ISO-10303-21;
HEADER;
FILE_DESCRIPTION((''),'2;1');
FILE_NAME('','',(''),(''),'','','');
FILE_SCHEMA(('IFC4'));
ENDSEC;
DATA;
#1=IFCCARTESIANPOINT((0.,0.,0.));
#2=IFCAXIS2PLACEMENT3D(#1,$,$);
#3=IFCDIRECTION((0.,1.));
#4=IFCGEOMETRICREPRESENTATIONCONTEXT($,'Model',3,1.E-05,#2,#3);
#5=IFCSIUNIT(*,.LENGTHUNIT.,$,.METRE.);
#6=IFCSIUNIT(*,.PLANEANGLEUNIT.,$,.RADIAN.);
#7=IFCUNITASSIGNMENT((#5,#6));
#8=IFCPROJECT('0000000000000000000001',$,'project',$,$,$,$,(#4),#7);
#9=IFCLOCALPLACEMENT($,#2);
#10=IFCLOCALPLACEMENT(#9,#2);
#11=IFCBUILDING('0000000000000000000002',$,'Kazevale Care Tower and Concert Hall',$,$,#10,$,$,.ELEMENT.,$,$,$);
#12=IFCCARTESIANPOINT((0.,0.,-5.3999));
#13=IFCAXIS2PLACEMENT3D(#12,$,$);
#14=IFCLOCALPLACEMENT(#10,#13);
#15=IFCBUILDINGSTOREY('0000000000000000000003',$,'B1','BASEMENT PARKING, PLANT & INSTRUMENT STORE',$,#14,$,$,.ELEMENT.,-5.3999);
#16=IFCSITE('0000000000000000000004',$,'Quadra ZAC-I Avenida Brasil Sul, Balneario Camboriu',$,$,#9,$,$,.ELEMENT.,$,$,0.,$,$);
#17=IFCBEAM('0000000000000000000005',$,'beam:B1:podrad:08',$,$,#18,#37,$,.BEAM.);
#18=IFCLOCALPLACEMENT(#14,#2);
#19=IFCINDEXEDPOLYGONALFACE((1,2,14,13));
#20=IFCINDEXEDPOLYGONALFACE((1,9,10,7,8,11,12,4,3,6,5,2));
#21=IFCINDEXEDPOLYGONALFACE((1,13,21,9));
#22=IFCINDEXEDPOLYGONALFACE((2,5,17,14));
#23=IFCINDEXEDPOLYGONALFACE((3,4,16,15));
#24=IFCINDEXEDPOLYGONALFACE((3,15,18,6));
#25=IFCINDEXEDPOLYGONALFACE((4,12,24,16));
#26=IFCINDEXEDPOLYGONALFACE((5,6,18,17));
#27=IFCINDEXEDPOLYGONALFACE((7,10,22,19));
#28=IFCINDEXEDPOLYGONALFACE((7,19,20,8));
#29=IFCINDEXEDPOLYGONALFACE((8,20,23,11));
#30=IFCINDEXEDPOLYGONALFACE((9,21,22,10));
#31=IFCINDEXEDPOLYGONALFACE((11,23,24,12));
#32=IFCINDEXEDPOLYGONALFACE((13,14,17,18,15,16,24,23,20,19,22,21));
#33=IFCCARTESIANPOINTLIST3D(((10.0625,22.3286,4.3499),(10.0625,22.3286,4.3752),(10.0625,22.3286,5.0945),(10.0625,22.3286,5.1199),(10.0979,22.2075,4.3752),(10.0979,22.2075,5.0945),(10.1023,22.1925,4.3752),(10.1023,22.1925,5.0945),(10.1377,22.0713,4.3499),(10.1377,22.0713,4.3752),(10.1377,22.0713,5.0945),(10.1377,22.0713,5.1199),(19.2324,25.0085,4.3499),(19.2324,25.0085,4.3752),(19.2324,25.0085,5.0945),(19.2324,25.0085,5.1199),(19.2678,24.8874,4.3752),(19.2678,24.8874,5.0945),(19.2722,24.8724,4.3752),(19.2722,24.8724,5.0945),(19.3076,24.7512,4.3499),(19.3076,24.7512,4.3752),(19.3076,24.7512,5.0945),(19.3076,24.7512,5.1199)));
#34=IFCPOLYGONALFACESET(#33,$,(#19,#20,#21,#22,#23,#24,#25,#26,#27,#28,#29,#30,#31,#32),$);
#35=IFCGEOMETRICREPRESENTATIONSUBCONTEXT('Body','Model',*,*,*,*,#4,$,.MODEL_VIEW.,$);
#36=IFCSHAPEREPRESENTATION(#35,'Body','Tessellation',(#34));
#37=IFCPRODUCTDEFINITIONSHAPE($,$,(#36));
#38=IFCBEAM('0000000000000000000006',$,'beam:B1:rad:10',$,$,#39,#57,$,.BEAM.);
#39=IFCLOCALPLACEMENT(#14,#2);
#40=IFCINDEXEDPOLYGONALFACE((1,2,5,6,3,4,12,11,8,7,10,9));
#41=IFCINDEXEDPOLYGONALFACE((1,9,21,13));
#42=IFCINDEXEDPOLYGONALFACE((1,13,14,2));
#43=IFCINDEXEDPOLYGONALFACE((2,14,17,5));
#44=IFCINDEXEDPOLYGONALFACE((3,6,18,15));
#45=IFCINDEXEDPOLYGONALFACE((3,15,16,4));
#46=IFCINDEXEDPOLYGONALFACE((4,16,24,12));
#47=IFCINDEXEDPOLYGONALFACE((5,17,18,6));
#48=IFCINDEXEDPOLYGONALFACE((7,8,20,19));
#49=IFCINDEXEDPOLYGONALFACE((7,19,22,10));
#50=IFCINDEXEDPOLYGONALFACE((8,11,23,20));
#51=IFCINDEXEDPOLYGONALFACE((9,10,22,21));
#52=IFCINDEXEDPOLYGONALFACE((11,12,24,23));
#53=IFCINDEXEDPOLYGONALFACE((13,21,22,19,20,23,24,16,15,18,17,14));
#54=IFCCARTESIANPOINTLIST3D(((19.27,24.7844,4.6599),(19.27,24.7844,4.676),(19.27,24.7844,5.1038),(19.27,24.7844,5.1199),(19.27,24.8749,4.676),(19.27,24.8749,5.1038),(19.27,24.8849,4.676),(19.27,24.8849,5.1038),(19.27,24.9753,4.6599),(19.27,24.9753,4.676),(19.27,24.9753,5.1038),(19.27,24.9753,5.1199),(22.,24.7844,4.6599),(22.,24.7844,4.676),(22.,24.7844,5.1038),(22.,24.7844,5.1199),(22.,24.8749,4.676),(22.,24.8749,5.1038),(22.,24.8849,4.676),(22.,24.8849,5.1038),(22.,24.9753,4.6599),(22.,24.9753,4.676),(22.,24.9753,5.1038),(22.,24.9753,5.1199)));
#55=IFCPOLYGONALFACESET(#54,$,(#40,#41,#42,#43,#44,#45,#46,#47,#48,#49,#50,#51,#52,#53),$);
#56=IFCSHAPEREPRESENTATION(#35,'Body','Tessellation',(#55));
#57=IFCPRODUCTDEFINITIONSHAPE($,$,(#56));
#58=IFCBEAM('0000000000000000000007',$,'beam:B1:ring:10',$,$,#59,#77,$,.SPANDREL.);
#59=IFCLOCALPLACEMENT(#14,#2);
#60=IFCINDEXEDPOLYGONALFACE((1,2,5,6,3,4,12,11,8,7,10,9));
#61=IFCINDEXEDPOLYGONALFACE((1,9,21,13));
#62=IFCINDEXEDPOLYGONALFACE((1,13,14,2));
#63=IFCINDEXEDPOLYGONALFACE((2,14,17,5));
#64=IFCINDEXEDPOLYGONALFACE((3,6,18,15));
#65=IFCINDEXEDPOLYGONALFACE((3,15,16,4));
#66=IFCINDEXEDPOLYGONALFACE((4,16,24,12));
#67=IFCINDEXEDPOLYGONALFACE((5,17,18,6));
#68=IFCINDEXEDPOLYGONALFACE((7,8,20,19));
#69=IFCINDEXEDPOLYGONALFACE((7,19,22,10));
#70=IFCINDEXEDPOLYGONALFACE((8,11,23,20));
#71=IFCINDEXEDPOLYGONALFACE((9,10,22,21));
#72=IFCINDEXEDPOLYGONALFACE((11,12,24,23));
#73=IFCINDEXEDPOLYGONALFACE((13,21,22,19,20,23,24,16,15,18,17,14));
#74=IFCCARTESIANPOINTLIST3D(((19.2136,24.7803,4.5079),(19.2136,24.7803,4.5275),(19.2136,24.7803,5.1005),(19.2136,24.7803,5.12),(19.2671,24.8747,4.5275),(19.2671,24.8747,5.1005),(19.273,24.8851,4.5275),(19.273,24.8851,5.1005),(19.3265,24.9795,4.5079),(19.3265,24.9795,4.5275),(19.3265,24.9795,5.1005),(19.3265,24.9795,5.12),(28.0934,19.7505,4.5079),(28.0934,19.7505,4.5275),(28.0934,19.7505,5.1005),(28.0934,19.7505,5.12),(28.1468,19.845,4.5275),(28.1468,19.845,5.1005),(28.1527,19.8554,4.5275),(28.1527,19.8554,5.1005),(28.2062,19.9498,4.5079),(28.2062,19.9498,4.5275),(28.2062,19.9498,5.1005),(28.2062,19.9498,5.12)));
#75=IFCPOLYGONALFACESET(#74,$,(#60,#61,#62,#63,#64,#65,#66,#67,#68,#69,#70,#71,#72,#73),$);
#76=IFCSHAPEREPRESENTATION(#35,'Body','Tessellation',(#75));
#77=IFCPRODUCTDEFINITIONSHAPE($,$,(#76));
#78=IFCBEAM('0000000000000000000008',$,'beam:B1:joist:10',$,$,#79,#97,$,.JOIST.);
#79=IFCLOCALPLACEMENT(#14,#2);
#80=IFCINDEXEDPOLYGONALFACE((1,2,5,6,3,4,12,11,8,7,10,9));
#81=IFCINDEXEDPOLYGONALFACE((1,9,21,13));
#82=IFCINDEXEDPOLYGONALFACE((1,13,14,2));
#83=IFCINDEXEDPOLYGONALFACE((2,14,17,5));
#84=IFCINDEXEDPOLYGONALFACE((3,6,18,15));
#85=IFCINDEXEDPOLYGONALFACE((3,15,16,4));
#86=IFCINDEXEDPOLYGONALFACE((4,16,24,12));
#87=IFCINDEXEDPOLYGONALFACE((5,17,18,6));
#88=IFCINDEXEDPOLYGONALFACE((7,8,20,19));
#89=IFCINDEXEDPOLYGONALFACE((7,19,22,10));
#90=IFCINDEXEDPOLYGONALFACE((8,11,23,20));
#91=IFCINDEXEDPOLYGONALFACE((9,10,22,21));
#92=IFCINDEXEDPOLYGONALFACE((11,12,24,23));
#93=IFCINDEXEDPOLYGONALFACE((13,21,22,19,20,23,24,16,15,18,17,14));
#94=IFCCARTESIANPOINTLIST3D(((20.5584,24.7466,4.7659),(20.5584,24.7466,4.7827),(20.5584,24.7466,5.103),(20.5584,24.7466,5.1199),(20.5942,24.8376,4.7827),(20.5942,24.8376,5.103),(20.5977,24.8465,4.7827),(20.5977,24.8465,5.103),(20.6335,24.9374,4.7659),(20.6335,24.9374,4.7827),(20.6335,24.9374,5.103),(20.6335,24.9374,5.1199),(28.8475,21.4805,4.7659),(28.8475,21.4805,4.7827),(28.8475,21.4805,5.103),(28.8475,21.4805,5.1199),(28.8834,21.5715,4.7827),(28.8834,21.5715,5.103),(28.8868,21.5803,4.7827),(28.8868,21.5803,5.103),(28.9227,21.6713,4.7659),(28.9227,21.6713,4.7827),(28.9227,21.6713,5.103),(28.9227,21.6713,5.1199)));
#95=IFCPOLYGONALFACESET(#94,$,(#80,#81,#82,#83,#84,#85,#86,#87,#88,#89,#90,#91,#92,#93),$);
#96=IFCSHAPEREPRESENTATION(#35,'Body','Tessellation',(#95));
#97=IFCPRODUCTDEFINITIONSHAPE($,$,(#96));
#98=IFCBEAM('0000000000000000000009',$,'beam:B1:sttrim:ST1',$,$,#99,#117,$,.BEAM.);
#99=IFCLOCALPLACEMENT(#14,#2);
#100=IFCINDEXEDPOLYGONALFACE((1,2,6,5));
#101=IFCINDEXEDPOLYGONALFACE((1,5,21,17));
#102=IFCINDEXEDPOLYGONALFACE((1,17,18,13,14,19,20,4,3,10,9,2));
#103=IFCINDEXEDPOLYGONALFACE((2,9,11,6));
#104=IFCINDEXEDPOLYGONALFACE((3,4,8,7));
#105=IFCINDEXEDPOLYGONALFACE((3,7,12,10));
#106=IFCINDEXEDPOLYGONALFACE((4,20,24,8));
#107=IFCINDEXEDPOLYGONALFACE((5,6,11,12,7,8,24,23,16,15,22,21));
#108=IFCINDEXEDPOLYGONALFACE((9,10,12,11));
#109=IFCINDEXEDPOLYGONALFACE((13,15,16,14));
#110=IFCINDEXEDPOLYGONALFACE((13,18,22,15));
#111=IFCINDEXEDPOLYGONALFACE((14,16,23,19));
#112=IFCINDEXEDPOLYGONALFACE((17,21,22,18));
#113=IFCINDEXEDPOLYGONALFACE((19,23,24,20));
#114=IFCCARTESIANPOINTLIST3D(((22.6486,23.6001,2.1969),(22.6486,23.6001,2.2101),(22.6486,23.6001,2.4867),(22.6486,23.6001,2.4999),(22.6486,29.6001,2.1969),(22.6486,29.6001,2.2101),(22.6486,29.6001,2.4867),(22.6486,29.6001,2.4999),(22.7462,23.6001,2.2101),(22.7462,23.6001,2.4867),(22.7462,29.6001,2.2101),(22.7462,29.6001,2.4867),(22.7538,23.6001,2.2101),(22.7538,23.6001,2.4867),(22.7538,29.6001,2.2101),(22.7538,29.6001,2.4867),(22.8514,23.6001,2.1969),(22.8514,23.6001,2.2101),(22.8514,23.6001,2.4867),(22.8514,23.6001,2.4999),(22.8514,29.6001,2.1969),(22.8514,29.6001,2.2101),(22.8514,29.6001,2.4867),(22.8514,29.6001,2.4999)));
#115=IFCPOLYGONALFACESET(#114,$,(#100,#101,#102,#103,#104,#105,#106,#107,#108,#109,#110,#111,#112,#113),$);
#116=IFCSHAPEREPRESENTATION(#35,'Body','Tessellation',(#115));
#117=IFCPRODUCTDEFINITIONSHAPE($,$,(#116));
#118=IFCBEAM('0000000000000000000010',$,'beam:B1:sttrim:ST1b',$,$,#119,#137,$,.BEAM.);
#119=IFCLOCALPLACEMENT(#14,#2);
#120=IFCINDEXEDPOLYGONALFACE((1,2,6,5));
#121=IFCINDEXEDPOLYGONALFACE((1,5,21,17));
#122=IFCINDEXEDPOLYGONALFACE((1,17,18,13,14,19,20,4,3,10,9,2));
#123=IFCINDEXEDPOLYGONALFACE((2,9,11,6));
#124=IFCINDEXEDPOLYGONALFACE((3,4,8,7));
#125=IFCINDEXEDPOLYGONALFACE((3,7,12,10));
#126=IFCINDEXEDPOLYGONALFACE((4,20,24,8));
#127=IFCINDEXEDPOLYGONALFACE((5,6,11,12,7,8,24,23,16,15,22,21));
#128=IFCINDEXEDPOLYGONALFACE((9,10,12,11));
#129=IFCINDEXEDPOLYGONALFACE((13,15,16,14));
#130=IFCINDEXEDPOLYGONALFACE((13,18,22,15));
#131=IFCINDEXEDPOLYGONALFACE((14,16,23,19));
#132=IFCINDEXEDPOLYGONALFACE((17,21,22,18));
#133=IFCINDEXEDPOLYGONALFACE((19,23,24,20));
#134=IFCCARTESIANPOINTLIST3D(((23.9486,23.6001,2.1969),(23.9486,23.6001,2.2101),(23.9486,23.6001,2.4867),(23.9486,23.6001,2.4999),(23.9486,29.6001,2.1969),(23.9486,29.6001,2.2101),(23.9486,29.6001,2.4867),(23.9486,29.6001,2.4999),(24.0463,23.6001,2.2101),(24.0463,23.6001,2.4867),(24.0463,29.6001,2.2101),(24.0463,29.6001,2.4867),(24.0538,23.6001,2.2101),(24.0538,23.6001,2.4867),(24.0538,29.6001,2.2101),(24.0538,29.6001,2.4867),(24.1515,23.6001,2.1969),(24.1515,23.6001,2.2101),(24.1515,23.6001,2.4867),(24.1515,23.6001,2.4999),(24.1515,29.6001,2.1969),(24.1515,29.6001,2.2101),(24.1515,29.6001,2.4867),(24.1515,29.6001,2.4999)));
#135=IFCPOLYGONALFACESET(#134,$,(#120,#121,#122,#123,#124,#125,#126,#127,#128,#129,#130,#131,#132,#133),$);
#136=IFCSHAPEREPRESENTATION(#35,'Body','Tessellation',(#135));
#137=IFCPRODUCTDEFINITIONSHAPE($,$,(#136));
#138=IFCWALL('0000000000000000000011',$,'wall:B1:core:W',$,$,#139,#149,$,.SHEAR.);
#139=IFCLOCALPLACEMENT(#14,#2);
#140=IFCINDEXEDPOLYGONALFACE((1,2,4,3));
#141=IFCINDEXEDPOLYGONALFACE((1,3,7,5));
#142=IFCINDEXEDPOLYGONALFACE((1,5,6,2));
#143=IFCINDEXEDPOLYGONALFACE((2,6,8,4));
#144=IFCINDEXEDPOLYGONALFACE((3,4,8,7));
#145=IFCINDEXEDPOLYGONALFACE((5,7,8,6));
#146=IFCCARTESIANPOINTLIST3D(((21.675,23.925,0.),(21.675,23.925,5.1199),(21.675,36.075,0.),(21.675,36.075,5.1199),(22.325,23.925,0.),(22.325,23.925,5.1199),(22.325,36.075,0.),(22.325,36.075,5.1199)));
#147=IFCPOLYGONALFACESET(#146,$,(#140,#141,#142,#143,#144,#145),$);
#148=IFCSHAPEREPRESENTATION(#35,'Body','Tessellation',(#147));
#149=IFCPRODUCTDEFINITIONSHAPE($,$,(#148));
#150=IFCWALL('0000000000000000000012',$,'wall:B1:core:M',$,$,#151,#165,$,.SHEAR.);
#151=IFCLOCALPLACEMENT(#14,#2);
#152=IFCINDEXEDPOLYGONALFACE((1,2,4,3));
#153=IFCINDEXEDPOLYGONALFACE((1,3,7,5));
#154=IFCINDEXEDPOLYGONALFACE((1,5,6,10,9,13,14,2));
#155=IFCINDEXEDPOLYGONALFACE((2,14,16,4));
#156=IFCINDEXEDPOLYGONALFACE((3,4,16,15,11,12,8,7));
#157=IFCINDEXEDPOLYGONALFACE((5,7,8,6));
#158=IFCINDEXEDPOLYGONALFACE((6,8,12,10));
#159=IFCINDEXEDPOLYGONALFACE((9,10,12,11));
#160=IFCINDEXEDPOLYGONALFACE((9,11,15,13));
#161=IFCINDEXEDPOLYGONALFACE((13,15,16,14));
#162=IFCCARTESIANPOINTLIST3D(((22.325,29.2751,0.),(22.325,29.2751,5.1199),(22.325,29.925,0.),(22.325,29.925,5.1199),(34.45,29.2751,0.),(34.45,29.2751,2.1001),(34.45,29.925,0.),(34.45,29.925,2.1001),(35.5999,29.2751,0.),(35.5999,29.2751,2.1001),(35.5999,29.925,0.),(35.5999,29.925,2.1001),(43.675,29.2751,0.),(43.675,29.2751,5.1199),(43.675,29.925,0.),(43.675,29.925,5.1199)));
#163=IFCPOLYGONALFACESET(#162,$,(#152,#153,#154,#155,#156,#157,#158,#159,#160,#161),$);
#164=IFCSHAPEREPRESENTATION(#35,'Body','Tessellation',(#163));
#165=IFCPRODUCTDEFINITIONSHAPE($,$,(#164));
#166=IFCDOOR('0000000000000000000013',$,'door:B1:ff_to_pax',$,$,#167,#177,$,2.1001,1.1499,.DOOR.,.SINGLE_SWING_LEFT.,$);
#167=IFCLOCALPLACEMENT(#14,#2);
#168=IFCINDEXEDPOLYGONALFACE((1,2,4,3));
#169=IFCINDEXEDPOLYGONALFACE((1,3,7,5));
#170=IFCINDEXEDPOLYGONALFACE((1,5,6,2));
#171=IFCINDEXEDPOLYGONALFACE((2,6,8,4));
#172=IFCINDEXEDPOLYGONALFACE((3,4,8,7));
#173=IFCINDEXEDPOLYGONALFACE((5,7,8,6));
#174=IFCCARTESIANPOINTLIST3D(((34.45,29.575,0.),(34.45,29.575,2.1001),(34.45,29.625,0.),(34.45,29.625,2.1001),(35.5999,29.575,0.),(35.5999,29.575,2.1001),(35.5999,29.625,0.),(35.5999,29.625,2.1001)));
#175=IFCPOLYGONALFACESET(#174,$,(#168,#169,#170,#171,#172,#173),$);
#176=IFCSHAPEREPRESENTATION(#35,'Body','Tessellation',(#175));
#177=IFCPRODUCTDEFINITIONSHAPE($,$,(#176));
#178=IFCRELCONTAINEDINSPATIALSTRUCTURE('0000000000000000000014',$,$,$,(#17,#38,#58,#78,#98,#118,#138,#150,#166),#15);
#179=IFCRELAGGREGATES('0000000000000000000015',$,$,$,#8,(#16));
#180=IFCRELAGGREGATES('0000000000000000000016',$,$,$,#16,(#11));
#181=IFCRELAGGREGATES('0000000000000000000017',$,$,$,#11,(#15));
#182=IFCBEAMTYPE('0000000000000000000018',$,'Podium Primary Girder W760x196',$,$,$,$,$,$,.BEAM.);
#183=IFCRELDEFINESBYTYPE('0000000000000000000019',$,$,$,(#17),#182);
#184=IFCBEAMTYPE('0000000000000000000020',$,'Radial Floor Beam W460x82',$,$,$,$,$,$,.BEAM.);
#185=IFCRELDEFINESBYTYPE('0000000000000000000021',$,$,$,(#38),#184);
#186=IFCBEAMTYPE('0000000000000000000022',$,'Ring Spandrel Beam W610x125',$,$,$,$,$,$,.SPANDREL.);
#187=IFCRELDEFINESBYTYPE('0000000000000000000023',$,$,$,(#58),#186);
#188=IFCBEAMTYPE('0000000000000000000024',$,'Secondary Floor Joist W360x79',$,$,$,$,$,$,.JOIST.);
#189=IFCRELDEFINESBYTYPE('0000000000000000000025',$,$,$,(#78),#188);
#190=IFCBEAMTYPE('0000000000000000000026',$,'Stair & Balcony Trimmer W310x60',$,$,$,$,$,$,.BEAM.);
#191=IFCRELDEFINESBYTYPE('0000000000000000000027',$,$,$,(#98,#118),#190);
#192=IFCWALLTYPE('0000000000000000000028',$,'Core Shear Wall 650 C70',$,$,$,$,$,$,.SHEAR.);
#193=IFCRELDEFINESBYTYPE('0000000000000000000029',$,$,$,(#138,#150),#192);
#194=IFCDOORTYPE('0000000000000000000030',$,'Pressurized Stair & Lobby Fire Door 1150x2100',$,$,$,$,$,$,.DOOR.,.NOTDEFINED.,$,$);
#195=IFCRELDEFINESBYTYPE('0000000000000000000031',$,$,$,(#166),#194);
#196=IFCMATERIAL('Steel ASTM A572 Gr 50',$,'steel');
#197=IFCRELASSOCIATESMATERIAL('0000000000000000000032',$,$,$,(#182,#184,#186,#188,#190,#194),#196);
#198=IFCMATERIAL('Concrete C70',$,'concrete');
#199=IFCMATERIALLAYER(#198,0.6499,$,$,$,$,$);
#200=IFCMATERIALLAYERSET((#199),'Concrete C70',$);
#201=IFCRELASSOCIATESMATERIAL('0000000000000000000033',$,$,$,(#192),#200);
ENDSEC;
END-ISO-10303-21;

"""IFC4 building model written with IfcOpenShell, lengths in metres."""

from ifc_helpers import new_model, si_unit, direction, frame, frame_2d, origin, origin_2d, place, context, subcontext, project, spatial, rectangle, i_section, extrude, material, layer, layer_set, material_profile, profile_set, type_object, element, fill, save


model = new_model("IFC4")

# Units and contexts
model_context = context("Model", 3, precision=1e-05, world=origin(), true_north=direction((0.0, 1.0)))
body_context = subcontext(model_context, "Body", "Model", "MODEL_VIEW")
ifc_project = project(units=[si_unit("LENGTHUNIT", "METRE"), si_unit("PLANEANGLEUNIT", "RADIAN")], contexts=[model_context])

# Site, building, storey
site_placement = place(None, origin())
site = spatial("IfcSite", under=ifc_project, at=site_placement, Name="Quadra ZAC-I Avenida Brasil Sul, Balneario Camboriu", CompositionType="ELEMENT", RefElevation=0.0)
building_placement = place(site_placement, origin())
building = spatial("IfcBuilding", under=site, at=building_placement, Name="Kazevale Care Tower and Concert Hall", CompositionType="ELEMENT")
storey_placement = place(building_placement, frame((0.0, 0.0, -5.3999)))
storey = spatial("IfcBuildingStorey", under=building, at=storey_placement, Name="B1", Description="BASEMENT PARKING, PLANT & INSTRUMENT STORE", CompositionType="ELEMENT", Elevation=-5.3999)

# Shared definitions
ifc_material_1 = material(Name="Concrete C70", Category="concrete")

# Beams
ifc_material_2 = material(Name="Steel ASTM A572 Gr 50", Category="steel")
ifc_material_profile_1 = material_profile(ifc_material_2, i_section(OverallWidth=0.2681, OverallDepth=0.77, WebThickness=0.0156, FlangeThickness=0.0254, at=origin_2d()), Name="W760x196")
ifc_profile_set_1 = profile_set([ifc_material_profile_1], Name="Steel ASTM A572 Gr 50")
beam_type_1 = type_object("IfcBeamType", Name="Podium Primary Girder W760x196", PredefinedType="BEAM", material=ifc_profile_set_1)
beam_1_placement = place(storey_placement, frame((19.27, 24.8799, 4.7349), z_axis=(-0.959849, -0.280518, 0.0), x_axis=(0.280518, -0.959849, 0.0)))
element("IfcBeam", 1, at=beam_1_placement, inside=storey, type_object=beam_type_1, Name="beam:B1:podrad:08", PredefinedType="BEAM", context=body_context, shape_type="SweptSolid", body=[
    extrude(i_section(OverallWidth=0.2681, OverallDepth=0.77, WebThickness=0.0156, FlangeThickness=0.0254, at=origin_2d()), origin(), (0.0, 0.0, 1.0), 9.5535),
])
ifc_material_profile_2 = material_profile(ifc_material_2, i_section(OverallWidth=0.1909, OverallDepth=0.46, WebThickness=0.01, FlangeThickness=0.0161, at=origin_2d()), Name="W460x82")
ifc_profile_set_2 = profile_set([ifc_material_profile_2], Name="Steel ASTM A572 Gr 50")
beam_type_2 = type_object("IfcBeamType", Name="Radial Floor Beam W460x82", PredefinedType="BEAM", material=ifc_profile_set_2)
beam_2_placement = place(storey_placement, frame((22.0, 24.8799, 4.8899), z_axis=(-1.0, 0.0, 0.0), x_axis=(0.0, -1.0, 0.0)))
element("IfcBeam", 2, at=beam_2_placement, inside=storey, type_object=beam_type_2, Name="beam:B1:rad:10", PredefinedType="BEAM", context=body_context, shape_type="SweptSolid", body=[
    extrude(i_section(OverallWidth=0.1909, OverallDepth=0.46, WebThickness=0.01, FlangeThickness=0.0161, at=origin_2d()), origin(), (0.0, 0.0, 1.0), 2.73),
])
ifc_material_profile_3 = material_profile(ifc_material_2, i_section(OverallWidth=0.229, OverallDepth=0.6121, WebThickness=0.012, FlangeThickness=0.0195, at=origin_2d()), Name="W610x125")
ifc_profile_set_3 = profile_set([ifc_material_profile_3], Name="Steel ASTM A572 Gr 50")
beam_type_3 = type_object("IfcBeamType", Name="Ring Spandrel Beam W610x125", PredefinedType="SPANDREL", material=ifc_profile_set_3)
beam_3_placement = place(storey_placement, frame((19.27, 24.8799, 4.814), z_axis=(0.870112, -0.492853, 0.0), x_axis=(0.492853, 0.870112, 0.0)))
element("IfcBeam", 3, at=beam_3_placement, inside=storey, type_object=beam_type_3, Name="beam:B1:ring:10", PredefinedType="SPANDREL", context=body_context, shape_type="SweptSolid", body=[
    extrude(i_section(OverallWidth=0.229, OverallDepth=0.6121, WebThickness=0.012, FlangeThickness=0.0195, at=origin_2d()), origin(), (0.0, 0.0, 1.0), 10.2053),
])
ifc_material_profile_4 = material_profile(ifc_material_2, i_section(OverallWidth=0.2051, OverallDepth=0.354, WebThickness=0.0095, FlangeThickness=0.0168, at=origin_2d()), Name="W360x79")
ifc_profile_set_4 = profile_set([ifc_material_profile_4], Name="Steel ASTM A572 Gr 50")
beam_type_4 = type_object("IfcBeamType", Name="Secondary Floor Joist W360x79", PredefinedType="JOIST", material=ifc_profile_set_4)
beam_4_placement = place(storey_placement, frame((20.5959, 24.842, 4.9429), z_axis=(0.930381, -0.366595, 0.0), x_axis=(0.366595, 0.930381, 0.0)))
element("IfcBeam", 4, at=beam_4_placement, inside=storey, type_object=beam_type_4, Name="beam:B1:joist:10", PredefinedType="JOIST", context=body_context, shape_type="SweptSolid", body=[
    extrude(i_section(OverallWidth=0.2051, OverallDepth=0.354, WebThickness=0.0095, FlangeThickness=0.0168, at=origin_2d()), origin(), (0.0, 0.0, 1.0), 8.9094),
])
ifc_material_profile_5 = material_profile(ifc_material_2, i_section(OverallWidth=0.2029, OverallDepth=0.303, WebThickness=0.0076, FlangeThickness=0.0132, at=origin_2d()), Name="W310x60")
ifc_profile_set_5 = profile_set([ifc_material_profile_5], Name="Steel ASTM A572 Gr 50")
beam_type_5 = type_object("IfcBeamType", Name="Stair & Balcony Trimmer W310x60", PredefinedType="BEAM", material=ifc_profile_set_5)
for number, where, z_axis, x_axis, name in (
    (5, (22.75, 23.6001, 2.3484), (0.0, 1.0, 0.0), (-1.0, 0.0, 0.0), "beam:B1:sttrim:ST1"),
    (6, (24.05, 23.6001, 2.3484), (0.0, 1.0, 0.0), (-1.0, 0.0, 0.0), "beam:B1:sttrim:ST1b"),
):
    element("IfcBeam", number, at=place(storey_placement, frame(where, z_axis=z_axis, x_axis=x_axis)), inside=storey, type_object=beam_type_5, Name=name, PredefinedType="BEAM", context=body_context, shape_type="SweptSolid", body=[
        extrude(i_section(OverallWidth=0.2029, OverallDepth=0.303, WebThickness=0.0076, FlangeThickness=0.0132, at=origin_2d()), origin(), (0.0, 0.0, 1.0), 6.0),
    ])

# Wall
ifc_layer_1 = layer(ifc_material_1, 0.6499)
ifc_layer_set_1 = layer_set([ifc_layer_1], Name="Concrete C70")
wall_type_1 = type_object("IfcWallType", Name="Core Shear Wall 650 C70", PredefinedType="SHEAR", material=ifc_layer_set_1)
wall_1_placement = place(storey_placement, frame((22.0, 23.925, 0.0), z_axis=(0.0, 0.0, 1.0), x_axis=(0.0, 1.0, 0.0)))
element("IfcWall", 7, at=wall_1_placement, inside=storey, type_object=wall_type_1, Name="wall:B1:core:W", PredefinedType="SHEAR", context=body_context, shape_type="SweptSolid", body=[
    extrude(rectangle(XDim=12.1499, YDim=0.6499, at=frame_2d((6.075, 0.0))), origin(), (0.0, 0.0, 1.0), 5.1199),
])

# Wall, opening, door
wall_2_placement = place(storey_placement, frame((22.325, 29.6001, 0.0), z_axis=(0.0, 0.0, 1.0), x_axis=(1.0, 0.0, 0.0)))
wall_2 = element("IfcWall", 8, at=wall_2_placement, inside=storey, type_object=wall_type_1, Name="wall:B1:core:M", PredefinedType="SHEAR", context=body_context, shape_type="SweptSolid", body=[
    extrude(rectangle(XDim=21.3501, YDim=0.6499, at=frame_2d((10.675, 0.0))), origin(), (0.0, 0.0, 1.0), 5.1199),
])
opening_1_placement = place(wall_2_placement, frame((12.125, 0.0, 0.0)))
opening_1 = element("IfcOpeningElement", 9, at=opening_1_placement, cuts=wall_2, PredefinedType="OPENING", context=body_context, shape_type="SweptSolid", body=[
    extrude(rectangle(XDim=1.1499, YDim=2.1001, at=frame_2d((0.575, 1.05))), frame((0.0, 0.335, 0.0), z_axis=(0.0, -1.0, 0.0), x_axis=(1.0, 0.0, 0.0)), (0.0, 0.0, 1.0), 0.6699),
])
door_type_1 = type_object("IfcDoorType", Name="Pressurized Stair & Lobby Fire Door 1150x2100", OperationType="NOTDEFINED", PredefinedType="DOOR", material=ifc_material_2)
door_1_placement = place(opening_1_placement, origin())
door_1 = element("IfcDoor", 10, at=door_1_placement, inside=storey, type_object=door_type_1, Name="door:B1:ff_to_pax", OperationType="SINGLE_SWING_LEFT", OverallHeight=2.1001, OverallWidth=1.1499, PredefinedType="DOOR", context=body_context, shape_type="SweptSolid", body=[
    extrude(rectangle(XDim=1.1499, YDim=2.1001, at=frame_2d((0.575, 1.05))), frame((0.0, 0.0249, 0.0), z_axis=(0.0, -1.0, 0.0), x_axis=(1.0, 0.0, 0.0)), (0.0, 0.0, 1.0), 0.05),
])
fill(opening_1, door_1)

save(model, "model.ifc")
